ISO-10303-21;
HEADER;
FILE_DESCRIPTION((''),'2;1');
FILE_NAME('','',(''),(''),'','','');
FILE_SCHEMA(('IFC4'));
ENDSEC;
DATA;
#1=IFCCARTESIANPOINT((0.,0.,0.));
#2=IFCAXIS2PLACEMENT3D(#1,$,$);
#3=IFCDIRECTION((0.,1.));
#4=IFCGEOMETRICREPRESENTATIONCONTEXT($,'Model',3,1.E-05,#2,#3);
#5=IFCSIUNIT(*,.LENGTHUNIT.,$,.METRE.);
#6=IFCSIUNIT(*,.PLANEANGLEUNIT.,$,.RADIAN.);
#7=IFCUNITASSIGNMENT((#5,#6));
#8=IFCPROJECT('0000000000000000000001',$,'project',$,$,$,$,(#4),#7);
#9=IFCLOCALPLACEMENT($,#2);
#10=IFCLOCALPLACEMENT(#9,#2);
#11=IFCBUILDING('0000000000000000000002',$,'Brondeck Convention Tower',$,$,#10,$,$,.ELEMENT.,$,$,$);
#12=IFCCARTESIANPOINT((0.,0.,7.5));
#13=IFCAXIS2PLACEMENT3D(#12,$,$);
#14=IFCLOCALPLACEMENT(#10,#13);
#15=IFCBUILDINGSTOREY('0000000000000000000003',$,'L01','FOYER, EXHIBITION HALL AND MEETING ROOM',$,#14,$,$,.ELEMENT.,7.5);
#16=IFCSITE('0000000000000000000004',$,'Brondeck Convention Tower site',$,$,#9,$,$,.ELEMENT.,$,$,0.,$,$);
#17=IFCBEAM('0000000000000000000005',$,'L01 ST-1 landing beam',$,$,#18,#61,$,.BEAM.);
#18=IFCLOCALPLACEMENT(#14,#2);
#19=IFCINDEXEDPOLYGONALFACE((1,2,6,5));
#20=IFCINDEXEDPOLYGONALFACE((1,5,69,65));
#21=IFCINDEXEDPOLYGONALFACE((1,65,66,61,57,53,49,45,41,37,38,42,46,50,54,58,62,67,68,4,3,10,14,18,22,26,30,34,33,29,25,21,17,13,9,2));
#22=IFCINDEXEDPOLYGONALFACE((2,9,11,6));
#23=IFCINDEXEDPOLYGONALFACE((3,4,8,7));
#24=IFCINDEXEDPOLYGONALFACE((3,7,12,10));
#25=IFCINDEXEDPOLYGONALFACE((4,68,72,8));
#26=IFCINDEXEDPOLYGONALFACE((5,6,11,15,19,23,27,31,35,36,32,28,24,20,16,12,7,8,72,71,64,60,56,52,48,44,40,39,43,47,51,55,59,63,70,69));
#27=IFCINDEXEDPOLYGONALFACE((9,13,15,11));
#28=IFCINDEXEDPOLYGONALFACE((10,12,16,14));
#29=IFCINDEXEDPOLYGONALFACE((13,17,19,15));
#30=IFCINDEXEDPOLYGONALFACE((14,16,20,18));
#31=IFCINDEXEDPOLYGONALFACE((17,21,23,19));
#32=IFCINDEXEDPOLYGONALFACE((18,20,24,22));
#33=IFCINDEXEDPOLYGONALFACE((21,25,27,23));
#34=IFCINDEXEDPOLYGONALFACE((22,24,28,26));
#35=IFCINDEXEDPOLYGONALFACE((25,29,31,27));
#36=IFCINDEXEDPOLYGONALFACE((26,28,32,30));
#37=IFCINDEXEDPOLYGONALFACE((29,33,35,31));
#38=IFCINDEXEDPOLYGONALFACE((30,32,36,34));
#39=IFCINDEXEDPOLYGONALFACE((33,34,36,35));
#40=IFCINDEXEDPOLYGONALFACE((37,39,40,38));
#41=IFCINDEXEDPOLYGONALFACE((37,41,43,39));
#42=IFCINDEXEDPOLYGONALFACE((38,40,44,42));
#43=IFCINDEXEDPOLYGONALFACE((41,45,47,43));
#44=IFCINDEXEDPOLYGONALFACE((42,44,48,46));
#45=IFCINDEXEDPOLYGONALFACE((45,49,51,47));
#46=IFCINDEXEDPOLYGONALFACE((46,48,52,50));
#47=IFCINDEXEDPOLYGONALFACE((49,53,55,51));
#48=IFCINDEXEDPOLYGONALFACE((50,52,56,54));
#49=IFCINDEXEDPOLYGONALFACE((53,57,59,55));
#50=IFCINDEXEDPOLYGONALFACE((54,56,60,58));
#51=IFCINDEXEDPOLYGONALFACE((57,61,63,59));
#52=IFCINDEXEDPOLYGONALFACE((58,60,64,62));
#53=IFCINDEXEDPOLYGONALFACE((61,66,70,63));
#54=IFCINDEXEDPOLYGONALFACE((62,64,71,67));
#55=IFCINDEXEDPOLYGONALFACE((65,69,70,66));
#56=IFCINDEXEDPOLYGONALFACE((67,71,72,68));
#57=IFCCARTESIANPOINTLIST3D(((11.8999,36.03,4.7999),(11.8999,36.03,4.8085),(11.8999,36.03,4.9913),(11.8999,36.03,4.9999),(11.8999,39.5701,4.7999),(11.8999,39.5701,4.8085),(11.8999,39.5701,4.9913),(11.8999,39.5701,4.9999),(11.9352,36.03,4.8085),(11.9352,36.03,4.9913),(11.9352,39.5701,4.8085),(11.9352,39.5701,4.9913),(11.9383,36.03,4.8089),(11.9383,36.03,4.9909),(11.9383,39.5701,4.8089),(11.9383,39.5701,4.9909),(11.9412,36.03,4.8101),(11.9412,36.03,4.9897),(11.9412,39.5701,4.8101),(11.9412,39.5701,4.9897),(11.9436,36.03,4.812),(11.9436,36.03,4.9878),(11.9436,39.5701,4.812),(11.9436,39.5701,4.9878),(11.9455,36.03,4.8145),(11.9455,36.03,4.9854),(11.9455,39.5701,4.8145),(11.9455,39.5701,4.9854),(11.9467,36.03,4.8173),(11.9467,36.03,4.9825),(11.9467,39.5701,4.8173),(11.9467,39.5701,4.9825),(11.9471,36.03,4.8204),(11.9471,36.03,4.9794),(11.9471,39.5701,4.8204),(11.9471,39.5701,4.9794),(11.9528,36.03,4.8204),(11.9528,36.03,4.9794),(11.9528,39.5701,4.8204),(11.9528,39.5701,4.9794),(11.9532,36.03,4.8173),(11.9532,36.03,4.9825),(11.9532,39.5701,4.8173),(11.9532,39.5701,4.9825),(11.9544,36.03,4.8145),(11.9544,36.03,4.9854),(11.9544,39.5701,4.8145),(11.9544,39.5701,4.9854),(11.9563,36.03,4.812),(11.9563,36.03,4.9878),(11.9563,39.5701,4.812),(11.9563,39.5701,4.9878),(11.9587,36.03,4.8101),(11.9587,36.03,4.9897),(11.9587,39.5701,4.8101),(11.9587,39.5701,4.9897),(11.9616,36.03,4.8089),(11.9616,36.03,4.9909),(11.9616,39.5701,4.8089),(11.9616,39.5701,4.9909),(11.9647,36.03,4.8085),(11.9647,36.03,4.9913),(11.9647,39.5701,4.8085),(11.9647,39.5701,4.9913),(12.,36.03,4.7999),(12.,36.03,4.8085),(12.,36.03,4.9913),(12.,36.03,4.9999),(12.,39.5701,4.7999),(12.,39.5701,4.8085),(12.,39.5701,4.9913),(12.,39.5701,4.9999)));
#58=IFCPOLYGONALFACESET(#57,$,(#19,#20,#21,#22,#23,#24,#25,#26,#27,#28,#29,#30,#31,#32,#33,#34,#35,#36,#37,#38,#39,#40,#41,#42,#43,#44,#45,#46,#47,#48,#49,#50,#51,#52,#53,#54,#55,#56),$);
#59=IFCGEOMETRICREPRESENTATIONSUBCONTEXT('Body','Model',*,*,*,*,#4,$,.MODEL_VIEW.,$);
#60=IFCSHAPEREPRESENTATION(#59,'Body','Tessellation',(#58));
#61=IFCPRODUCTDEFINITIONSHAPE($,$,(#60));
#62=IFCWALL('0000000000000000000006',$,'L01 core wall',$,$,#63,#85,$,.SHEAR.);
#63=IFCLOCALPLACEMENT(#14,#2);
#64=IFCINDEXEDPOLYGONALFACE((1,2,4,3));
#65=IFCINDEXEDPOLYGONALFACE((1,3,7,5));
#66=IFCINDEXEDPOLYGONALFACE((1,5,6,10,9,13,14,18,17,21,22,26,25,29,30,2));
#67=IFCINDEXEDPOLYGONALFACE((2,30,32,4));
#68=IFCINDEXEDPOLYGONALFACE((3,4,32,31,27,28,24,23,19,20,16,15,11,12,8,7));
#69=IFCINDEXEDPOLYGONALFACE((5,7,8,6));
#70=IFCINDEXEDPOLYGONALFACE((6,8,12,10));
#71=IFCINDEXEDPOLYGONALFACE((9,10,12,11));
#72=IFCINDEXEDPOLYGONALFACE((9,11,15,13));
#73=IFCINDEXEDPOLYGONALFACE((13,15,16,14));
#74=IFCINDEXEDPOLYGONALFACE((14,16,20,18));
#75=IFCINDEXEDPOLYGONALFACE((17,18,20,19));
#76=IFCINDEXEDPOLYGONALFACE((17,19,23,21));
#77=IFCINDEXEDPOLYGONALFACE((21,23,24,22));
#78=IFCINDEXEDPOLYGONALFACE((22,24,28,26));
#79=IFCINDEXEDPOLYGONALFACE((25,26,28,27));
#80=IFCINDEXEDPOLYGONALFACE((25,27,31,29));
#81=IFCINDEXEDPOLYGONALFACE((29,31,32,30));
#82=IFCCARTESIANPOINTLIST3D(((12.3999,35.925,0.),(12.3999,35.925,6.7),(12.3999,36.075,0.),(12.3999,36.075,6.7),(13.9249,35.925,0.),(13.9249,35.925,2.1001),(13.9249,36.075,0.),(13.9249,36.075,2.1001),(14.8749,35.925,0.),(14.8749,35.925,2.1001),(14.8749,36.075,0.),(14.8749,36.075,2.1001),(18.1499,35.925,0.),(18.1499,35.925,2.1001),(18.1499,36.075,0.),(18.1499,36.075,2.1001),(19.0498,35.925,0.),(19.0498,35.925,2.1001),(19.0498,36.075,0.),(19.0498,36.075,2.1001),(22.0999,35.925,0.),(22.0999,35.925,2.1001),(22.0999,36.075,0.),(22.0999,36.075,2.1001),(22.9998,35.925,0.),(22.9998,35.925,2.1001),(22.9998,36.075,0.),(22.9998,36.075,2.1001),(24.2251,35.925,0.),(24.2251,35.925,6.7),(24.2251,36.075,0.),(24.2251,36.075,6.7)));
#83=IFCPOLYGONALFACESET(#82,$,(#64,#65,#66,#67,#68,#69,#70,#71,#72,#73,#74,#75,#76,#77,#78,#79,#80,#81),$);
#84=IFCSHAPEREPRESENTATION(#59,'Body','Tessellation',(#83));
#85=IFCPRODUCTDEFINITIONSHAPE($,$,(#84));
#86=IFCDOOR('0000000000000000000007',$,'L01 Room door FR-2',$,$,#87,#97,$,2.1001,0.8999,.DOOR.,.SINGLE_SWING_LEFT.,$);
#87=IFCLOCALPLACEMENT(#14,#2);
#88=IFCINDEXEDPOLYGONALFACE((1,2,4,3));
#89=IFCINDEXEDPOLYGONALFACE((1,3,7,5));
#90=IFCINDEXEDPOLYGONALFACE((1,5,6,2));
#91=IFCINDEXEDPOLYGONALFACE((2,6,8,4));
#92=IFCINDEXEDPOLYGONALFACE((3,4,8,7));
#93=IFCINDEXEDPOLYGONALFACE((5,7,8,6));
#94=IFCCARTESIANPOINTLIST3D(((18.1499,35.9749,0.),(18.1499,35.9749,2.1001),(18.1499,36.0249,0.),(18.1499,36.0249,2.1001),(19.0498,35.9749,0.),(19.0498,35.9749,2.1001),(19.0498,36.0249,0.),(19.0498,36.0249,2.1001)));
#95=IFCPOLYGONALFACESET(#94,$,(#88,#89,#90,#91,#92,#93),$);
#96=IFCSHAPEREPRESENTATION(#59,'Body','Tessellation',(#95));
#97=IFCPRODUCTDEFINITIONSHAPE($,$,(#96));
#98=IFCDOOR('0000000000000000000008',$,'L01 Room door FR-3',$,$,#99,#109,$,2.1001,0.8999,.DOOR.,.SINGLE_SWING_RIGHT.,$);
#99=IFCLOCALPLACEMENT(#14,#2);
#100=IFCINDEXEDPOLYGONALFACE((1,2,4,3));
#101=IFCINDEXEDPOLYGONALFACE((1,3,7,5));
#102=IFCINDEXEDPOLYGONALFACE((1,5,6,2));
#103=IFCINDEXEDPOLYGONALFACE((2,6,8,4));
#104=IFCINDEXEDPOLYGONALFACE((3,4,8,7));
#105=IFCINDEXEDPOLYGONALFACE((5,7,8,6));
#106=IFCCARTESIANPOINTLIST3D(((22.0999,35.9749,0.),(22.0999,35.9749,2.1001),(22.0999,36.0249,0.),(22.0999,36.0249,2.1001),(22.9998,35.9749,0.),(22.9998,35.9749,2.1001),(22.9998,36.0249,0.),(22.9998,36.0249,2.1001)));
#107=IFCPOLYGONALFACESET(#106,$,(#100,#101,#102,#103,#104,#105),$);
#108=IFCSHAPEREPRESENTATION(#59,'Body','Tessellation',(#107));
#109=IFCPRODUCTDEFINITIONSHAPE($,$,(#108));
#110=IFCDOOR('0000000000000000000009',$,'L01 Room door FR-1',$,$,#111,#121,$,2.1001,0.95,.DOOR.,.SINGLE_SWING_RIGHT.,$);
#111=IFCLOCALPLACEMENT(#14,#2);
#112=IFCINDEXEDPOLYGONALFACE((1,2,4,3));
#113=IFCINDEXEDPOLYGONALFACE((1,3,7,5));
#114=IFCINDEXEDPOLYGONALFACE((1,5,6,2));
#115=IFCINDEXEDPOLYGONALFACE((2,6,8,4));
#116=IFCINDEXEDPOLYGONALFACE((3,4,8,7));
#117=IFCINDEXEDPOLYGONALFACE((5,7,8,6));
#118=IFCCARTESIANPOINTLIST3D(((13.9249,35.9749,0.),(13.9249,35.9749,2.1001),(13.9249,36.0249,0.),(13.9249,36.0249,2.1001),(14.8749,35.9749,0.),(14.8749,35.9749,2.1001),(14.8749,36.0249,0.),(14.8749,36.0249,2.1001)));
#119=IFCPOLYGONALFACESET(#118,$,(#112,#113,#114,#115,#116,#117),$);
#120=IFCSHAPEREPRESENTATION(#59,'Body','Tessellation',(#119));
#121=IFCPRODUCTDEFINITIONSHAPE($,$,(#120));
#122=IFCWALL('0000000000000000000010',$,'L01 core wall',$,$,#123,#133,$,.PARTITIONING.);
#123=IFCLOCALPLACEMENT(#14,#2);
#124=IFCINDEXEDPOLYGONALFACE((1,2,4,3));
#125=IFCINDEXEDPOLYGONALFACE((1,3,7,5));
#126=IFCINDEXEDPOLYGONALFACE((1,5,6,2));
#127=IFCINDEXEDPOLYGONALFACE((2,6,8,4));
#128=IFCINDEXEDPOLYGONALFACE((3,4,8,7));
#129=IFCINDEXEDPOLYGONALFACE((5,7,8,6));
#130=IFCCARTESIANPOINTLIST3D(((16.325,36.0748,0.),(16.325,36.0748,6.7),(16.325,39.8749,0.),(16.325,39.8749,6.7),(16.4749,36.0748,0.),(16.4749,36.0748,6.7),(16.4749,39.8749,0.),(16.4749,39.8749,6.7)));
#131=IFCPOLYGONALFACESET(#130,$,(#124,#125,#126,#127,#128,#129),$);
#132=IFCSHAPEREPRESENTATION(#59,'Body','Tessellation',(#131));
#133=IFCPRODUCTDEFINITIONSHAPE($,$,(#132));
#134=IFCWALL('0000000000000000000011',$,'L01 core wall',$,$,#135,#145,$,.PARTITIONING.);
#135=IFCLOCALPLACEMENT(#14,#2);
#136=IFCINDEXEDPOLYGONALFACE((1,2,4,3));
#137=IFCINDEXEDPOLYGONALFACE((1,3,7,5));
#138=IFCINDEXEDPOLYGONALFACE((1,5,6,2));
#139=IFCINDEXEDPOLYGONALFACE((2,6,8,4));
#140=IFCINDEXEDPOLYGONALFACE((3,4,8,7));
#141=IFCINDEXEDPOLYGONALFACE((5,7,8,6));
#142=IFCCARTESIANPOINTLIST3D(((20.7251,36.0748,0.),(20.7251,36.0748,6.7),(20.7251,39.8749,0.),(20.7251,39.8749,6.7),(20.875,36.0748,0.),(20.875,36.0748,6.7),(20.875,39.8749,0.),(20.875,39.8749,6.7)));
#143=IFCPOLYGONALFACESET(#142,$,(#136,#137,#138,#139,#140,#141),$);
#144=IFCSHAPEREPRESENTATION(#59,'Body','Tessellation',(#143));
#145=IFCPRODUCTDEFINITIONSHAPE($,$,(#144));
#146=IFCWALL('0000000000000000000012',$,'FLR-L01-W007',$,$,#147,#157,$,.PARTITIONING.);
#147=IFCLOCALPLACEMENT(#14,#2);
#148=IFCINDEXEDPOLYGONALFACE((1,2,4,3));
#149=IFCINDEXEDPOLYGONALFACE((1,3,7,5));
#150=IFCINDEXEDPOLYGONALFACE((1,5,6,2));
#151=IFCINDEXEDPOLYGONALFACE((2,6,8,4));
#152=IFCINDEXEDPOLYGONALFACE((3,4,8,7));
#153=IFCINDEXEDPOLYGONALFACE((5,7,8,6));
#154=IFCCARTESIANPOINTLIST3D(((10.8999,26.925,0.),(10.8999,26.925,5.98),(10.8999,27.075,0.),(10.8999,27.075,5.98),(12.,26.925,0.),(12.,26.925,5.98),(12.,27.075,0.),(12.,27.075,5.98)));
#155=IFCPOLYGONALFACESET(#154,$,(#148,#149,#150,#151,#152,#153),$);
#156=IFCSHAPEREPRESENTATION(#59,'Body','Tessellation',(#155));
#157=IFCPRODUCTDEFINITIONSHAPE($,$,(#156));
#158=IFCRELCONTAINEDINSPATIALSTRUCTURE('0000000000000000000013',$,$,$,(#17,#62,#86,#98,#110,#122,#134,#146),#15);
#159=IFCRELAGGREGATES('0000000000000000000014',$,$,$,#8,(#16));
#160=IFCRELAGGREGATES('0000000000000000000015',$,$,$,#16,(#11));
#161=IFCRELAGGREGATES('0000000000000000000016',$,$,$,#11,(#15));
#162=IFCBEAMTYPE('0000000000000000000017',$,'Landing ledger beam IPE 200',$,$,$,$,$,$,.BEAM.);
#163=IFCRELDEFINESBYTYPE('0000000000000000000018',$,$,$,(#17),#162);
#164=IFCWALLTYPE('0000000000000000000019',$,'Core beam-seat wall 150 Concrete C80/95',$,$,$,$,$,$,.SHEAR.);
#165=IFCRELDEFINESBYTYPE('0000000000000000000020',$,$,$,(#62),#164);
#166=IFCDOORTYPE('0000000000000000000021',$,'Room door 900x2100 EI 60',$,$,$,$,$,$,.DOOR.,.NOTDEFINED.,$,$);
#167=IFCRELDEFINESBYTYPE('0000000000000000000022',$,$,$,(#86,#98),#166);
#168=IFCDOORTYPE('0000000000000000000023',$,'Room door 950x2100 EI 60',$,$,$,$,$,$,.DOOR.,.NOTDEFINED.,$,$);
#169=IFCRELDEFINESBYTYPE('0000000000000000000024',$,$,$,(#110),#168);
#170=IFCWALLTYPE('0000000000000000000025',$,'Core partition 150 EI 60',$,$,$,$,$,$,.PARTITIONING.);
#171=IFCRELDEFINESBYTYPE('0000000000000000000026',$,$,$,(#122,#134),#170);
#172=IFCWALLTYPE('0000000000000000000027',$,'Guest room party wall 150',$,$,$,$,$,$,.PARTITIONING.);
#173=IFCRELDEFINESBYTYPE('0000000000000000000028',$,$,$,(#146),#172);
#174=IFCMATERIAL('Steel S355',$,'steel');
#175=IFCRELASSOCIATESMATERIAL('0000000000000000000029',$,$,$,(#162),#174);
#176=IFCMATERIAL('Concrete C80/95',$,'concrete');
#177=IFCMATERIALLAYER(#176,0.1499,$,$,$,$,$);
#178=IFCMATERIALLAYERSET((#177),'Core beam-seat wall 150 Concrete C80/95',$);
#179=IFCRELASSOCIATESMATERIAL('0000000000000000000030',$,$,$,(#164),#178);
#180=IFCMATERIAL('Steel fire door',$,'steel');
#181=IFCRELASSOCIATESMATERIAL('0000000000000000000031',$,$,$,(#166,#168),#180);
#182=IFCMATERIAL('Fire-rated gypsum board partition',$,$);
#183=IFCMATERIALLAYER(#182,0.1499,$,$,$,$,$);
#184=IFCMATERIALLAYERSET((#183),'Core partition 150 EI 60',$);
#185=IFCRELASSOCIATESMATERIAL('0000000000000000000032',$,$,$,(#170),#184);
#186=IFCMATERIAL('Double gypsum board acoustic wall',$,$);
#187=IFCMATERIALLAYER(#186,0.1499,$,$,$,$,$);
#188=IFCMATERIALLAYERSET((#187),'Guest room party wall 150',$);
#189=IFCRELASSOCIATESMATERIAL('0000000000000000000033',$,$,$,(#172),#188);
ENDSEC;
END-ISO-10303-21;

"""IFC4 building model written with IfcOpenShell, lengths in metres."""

from ifc_helpers import new_model, si_unit, direction, frame, frame_2d, origin, origin_2d, place, context, subcontext, project, spatial, rectangle, i_section, extrude, material, layer, layer_set, material_profile, profile_set, type_object, element, fill, save


model = new_model("IFC4")

# Units and contexts
model_context = context("Model", 3, precision=1e-05, world=origin(), true_north=direction((0.0, 1.0)))
body_context = subcontext(model_context, "Body", "Model", "MODEL_VIEW")
ifc_project = project(units=[si_unit("LENGTHUNIT", "METRE"), si_unit("PLANEANGLEUNIT", "RADIAN")], contexts=[model_context])

# Site, building, storey
site_placement = place(None, origin())
site = spatial("IfcSite", under=ifc_project, at=site_placement, Name="Brondeck Convention Tower site", CompositionType="ELEMENT", RefElevation=0.0)
building_placement = place(site_placement, origin())
building = spatial("IfcBuilding", under=site, at=building_placement, Name="Brondeck Convention Tower", CompositionType="ELEMENT")
storey_placement = place(building_placement, frame((0.0, 0.0, 7.5)))
storey = spatial("IfcBuildingStorey", under=building, at=storey_placement, Name="L01", Description="FOYER, EXHIBITION HALL AND MEETING ROOM", CompositionType="ELEMENT", Elevation=7.5)

# Beam
ifc_material_1 = material(Name="Steel S355", Category="steel")
ifc_material_profile_1 = material_profile(ifc_material_1, i_section(OverallWidth=0.1001, OverallDepth=0.2, WebThickness=0.0056, FlangeThickness=0.0085, FilletRadius=0.012, at=origin_2d()), Name="IPE200")
ifc_profile_set_1 = profile_set([ifc_material_profile_1], Name="Steel S355")
beam_type_1 = type_object("IfcBeamType", Name="Landing ledger beam IPE 200", PredefinedType="BEAM", material=ifc_profile_set_1)
for number, where, z_axis, x_axis, name in (
    (1, (11.95, 36.03, 4.8999), (0.0, 1.0, 0.0), (-1.0, 0.0, 0.0), "L01 ST-1 landing beam"),
):
    element("IfcBeam", number, at=place(storey_placement, frame(where, z_axis=z_axis, x_axis=x_axis)), inside=storey, type_object=beam_type_1, Name=name, PredefinedType="BEAM", context=body_context, shape_type="SweptSolid", body=[
        extrude(i_section(OverallWidth=0.1001, OverallDepth=0.2, WebThickness=0.0056, FlangeThickness=0.0085, FilletRadius=0.012, at=origin_2d()), origin(), (0.0, 0.0, 1.0), 3.54),
    ])

# Wall, openings, doors
ifc_material_2 = material(Name="Concrete C80/95", Category="concrete")
ifc_layer_1 = layer(ifc_material_2, 0.1499)
ifc_layer_set_1 = layer_set([ifc_layer_1], Name="Core beam-seat wall 150 Concrete C80/95")
wall_type_1 = type_object("IfcWallType", Name="Core beam-seat wall 150 Concrete C80/95", PredefinedType="SHEAR", material=ifc_layer_set_1)
wall_1_placement = place(storey_placement, frame((12.3999, 36.0, 0.0), z_axis=(0.0, 0.0, 1.0), x_axis=(1.0, 0.0, 0.0)))
wall_1 = element("IfcWall", 2, at=wall_1_placement, inside=storey, type_object=wall_type_1, Name="L01 core wall", PredefinedType="SHEAR", context=body_context, shape_type="SweptSolid", body=[
    extrude(rectangle(XDim=11.8252, YDim=0.1499, at=frame_2d((5.9126, 0.0))), origin(), (0.0, 0.0, 1.0), 6.7),
])
opening_1_placement = place(wall_1_placement, frame((1.5249, 0.0, 0.0)))
opening_1 = element("IfcOpeningElement", 3, at=opening_1_placement, cuts=wall_1, PredefinedType="OPENING", context=body_context, shape_type="SweptSolid", body=[
    extrude(rectangle(XDim=0.95, YDim=2.1001, at=frame_2d((0.4751, 1.05))), frame((0.0, 0.085, 0.0), z_axis=(0.0, -1.0, 0.0), x_axis=(1.0, 0.0, 0.0)), (0.0, 0.0, 1.0), 0.1699),
])
opening_2_placement = place(wall_1_placement, frame((5.75, 0.0, 0.0)))
opening_2 = element("IfcOpeningElement", 4, at=opening_2_placement, cuts=wall_1, PredefinedType="OPENING", context=body_context, shape_type="SweptSolid", body=[
    extrude(rectangle(XDim=0.8999, YDim=2.1001, at=frame_2d((0.45, 1.05))), frame((0.0, 0.085, 0.0), z_axis=(0.0, -1.0, 0.0), x_axis=(1.0, 0.0, 0.0)), (0.0, 0.0, 1.0), 0.1699),
])
opening_3_placement = place(wall_1_placement, frame((9.7, 0.0, 0.0)))
opening_3 = element("IfcOpeningElement", 5, at=opening_3_placement, cuts=wall_1, PredefinedType="OPENING", context=body_context, shape_type="SweptSolid", body=[
    extrude(rectangle(XDim=0.8999, YDim=2.1001, at=frame_2d((0.45, 1.05))), frame((0.0, 0.085, 0.0), z_axis=(0.0, -1.0, 0.0), x_axis=(1.0, 0.0, 0.0)), (0.0, 0.0, 1.0), 0.1699),
])
ifc_material_3 = material(Name="Steel fire door", Category="steel")
door_type_1 = type_object("IfcDoorType", Name="Room door 900x2100 EI 60", OperationType="NOTDEFINED", PredefinedType="DOOR", material=ifc_material_3)
door_1_placement = place(opening_2_placement, origin())
door_1 = element("IfcDoor", 6, at=door_1_placement, inside=storey, type_object=door_type_1, Name="L01 Room door FR-2", OperationType="SINGLE_SWING_LEFT", OverallHeight=2.1001, OverallWidth=0.8999, PredefinedType="DOOR", context=body_context, shape_type="SweptSolid", body=[
    extrude(rectangle(XDim=0.8999, YDim=2.1001, at=frame_2d((0.45, 1.05))), frame((0.0, 0.0249, 0.0), z_axis=(0.0, -1.0, 0.0), x_axis=(1.0, 0.0, 0.0)), (0.0, 0.0, 1.0), 0.05),
])
fill(opening_2, door_1)
door_2_placement = place(opening_3_placement, origin())
door_2 = element("IfcDoor", 7, at=door_2_placement, inside=storey, type_object=door_type_1, Name="L01 Room door FR-3", OperationType="SINGLE_SWING_RIGHT", OverallHeight=2.1001, OverallWidth=0.8999, PredefinedType="DOOR", context=body_context, shape_type="SweptSolid", body=[
    extrude(rectangle(XDim=0.8999, YDim=2.1001, at=frame_2d((0.45, 1.05))), frame((0.0, 0.0249, 0.0), z_axis=(0.0, -1.0, 0.0), x_axis=(1.0, 0.0, 0.0)), (0.0, 0.0, 1.0), 0.05),
])
fill(opening_3, door_2)
door_type_2 = type_object("IfcDoorType", Name="Room door 950x2100 EI 60", OperationType="NOTDEFINED", PredefinedType="DOOR", material=ifc_material_3)
door_3_placement = place(opening_1_placement, origin())
door_3 = element("IfcDoor", 8, at=door_3_placement, inside=storey, type_object=door_type_2, Name="L01 Room door FR-1", OperationType="SINGLE_SWING_RIGHT", OverallHeight=2.1001, OverallWidth=0.95, PredefinedType="DOOR", context=body_context, shape_type="SweptSolid", body=[
    extrude(rectangle(XDim=0.95, YDim=2.1001, at=frame_2d((0.4751, 1.05))), frame((0.0, 0.0249, 0.0), z_axis=(0.0, -1.0, 0.0), x_axis=(1.0, 0.0, 0.0)), (0.0, 0.0, 1.0), 0.05),
])
fill(opening_1, door_3)

# Walls
ifc_material_4 = material(Name="Fire-rated gypsum board partition")
ifc_layer_2 = layer(ifc_material_4, 0.1499)
ifc_layer_set_2 = layer_set([ifc_layer_2], Name="Core partition 150 EI 60")
wall_type_2 = type_object("IfcWallType", Name="Core partition 150 EI 60", PredefinedType="PARTITIONING", material=ifc_layer_set_2)
for number, where, z_axis, x_axis, name in (
    (9, (16.3999, 36.075, 0.0), (0.0, 0.0, 1.0), (0.0, 1.0, 0.0), "L01 core wall"),
    (10, (20.8, 36.075, 0.0), (0.0, 0.0, 1.0), (0.0, 1.0, 0.0), "L01 core wall"),
):
    element("IfcWall", number, at=place(storey_placement, frame(where, z_axis=z_axis, x_axis=x_axis)), inside=storey, type_object=wall_type_2, Name=name, PredefinedType="PARTITIONING", context=body_context, shape_type="SweptSolid", body=[
        extrude(rectangle(XDim=3.8, YDim=0.1499, at=frame_2d((1.8999, 0.0))), origin(), (0.0, 0.0, 1.0), 6.7),
    ])
ifc_material_5 = material(Name="Double gypsum board acoustic wall")
ifc_layer_3 = layer(ifc_material_5, 0.1499)
ifc_layer_set_3 = layer_set([ifc_layer_3], Name="Guest room party wall 150")
wall_type_3 = type_object("IfcWallType", Name="Guest room party wall 150", PredefinedType="PARTITIONING", material=ifc_layer_set_3)
wall_2_placement = place(storey_placement, frame((10.8999, 27.0, 0.0), z_axis=(0.0, 0.0, 1.0), x_axis=(1.0, 0.0, 0.0)))
element("IfcWall", 11, at=wall_2_placement, inside=storey, type_object=wall_type_3, Name="FLR-L01-W007", PredefinedType="PARTITIONING", context=body_context, shape_type="SweptSolid", body=[
    extrude(rectangle(XDim=1.1001, YDim=0.1499, at=frame_2d((0.55, 0.0))), origin(), (0.0, 0.0, 1.0), 5.98),
])

save(model, "model.ifc")
